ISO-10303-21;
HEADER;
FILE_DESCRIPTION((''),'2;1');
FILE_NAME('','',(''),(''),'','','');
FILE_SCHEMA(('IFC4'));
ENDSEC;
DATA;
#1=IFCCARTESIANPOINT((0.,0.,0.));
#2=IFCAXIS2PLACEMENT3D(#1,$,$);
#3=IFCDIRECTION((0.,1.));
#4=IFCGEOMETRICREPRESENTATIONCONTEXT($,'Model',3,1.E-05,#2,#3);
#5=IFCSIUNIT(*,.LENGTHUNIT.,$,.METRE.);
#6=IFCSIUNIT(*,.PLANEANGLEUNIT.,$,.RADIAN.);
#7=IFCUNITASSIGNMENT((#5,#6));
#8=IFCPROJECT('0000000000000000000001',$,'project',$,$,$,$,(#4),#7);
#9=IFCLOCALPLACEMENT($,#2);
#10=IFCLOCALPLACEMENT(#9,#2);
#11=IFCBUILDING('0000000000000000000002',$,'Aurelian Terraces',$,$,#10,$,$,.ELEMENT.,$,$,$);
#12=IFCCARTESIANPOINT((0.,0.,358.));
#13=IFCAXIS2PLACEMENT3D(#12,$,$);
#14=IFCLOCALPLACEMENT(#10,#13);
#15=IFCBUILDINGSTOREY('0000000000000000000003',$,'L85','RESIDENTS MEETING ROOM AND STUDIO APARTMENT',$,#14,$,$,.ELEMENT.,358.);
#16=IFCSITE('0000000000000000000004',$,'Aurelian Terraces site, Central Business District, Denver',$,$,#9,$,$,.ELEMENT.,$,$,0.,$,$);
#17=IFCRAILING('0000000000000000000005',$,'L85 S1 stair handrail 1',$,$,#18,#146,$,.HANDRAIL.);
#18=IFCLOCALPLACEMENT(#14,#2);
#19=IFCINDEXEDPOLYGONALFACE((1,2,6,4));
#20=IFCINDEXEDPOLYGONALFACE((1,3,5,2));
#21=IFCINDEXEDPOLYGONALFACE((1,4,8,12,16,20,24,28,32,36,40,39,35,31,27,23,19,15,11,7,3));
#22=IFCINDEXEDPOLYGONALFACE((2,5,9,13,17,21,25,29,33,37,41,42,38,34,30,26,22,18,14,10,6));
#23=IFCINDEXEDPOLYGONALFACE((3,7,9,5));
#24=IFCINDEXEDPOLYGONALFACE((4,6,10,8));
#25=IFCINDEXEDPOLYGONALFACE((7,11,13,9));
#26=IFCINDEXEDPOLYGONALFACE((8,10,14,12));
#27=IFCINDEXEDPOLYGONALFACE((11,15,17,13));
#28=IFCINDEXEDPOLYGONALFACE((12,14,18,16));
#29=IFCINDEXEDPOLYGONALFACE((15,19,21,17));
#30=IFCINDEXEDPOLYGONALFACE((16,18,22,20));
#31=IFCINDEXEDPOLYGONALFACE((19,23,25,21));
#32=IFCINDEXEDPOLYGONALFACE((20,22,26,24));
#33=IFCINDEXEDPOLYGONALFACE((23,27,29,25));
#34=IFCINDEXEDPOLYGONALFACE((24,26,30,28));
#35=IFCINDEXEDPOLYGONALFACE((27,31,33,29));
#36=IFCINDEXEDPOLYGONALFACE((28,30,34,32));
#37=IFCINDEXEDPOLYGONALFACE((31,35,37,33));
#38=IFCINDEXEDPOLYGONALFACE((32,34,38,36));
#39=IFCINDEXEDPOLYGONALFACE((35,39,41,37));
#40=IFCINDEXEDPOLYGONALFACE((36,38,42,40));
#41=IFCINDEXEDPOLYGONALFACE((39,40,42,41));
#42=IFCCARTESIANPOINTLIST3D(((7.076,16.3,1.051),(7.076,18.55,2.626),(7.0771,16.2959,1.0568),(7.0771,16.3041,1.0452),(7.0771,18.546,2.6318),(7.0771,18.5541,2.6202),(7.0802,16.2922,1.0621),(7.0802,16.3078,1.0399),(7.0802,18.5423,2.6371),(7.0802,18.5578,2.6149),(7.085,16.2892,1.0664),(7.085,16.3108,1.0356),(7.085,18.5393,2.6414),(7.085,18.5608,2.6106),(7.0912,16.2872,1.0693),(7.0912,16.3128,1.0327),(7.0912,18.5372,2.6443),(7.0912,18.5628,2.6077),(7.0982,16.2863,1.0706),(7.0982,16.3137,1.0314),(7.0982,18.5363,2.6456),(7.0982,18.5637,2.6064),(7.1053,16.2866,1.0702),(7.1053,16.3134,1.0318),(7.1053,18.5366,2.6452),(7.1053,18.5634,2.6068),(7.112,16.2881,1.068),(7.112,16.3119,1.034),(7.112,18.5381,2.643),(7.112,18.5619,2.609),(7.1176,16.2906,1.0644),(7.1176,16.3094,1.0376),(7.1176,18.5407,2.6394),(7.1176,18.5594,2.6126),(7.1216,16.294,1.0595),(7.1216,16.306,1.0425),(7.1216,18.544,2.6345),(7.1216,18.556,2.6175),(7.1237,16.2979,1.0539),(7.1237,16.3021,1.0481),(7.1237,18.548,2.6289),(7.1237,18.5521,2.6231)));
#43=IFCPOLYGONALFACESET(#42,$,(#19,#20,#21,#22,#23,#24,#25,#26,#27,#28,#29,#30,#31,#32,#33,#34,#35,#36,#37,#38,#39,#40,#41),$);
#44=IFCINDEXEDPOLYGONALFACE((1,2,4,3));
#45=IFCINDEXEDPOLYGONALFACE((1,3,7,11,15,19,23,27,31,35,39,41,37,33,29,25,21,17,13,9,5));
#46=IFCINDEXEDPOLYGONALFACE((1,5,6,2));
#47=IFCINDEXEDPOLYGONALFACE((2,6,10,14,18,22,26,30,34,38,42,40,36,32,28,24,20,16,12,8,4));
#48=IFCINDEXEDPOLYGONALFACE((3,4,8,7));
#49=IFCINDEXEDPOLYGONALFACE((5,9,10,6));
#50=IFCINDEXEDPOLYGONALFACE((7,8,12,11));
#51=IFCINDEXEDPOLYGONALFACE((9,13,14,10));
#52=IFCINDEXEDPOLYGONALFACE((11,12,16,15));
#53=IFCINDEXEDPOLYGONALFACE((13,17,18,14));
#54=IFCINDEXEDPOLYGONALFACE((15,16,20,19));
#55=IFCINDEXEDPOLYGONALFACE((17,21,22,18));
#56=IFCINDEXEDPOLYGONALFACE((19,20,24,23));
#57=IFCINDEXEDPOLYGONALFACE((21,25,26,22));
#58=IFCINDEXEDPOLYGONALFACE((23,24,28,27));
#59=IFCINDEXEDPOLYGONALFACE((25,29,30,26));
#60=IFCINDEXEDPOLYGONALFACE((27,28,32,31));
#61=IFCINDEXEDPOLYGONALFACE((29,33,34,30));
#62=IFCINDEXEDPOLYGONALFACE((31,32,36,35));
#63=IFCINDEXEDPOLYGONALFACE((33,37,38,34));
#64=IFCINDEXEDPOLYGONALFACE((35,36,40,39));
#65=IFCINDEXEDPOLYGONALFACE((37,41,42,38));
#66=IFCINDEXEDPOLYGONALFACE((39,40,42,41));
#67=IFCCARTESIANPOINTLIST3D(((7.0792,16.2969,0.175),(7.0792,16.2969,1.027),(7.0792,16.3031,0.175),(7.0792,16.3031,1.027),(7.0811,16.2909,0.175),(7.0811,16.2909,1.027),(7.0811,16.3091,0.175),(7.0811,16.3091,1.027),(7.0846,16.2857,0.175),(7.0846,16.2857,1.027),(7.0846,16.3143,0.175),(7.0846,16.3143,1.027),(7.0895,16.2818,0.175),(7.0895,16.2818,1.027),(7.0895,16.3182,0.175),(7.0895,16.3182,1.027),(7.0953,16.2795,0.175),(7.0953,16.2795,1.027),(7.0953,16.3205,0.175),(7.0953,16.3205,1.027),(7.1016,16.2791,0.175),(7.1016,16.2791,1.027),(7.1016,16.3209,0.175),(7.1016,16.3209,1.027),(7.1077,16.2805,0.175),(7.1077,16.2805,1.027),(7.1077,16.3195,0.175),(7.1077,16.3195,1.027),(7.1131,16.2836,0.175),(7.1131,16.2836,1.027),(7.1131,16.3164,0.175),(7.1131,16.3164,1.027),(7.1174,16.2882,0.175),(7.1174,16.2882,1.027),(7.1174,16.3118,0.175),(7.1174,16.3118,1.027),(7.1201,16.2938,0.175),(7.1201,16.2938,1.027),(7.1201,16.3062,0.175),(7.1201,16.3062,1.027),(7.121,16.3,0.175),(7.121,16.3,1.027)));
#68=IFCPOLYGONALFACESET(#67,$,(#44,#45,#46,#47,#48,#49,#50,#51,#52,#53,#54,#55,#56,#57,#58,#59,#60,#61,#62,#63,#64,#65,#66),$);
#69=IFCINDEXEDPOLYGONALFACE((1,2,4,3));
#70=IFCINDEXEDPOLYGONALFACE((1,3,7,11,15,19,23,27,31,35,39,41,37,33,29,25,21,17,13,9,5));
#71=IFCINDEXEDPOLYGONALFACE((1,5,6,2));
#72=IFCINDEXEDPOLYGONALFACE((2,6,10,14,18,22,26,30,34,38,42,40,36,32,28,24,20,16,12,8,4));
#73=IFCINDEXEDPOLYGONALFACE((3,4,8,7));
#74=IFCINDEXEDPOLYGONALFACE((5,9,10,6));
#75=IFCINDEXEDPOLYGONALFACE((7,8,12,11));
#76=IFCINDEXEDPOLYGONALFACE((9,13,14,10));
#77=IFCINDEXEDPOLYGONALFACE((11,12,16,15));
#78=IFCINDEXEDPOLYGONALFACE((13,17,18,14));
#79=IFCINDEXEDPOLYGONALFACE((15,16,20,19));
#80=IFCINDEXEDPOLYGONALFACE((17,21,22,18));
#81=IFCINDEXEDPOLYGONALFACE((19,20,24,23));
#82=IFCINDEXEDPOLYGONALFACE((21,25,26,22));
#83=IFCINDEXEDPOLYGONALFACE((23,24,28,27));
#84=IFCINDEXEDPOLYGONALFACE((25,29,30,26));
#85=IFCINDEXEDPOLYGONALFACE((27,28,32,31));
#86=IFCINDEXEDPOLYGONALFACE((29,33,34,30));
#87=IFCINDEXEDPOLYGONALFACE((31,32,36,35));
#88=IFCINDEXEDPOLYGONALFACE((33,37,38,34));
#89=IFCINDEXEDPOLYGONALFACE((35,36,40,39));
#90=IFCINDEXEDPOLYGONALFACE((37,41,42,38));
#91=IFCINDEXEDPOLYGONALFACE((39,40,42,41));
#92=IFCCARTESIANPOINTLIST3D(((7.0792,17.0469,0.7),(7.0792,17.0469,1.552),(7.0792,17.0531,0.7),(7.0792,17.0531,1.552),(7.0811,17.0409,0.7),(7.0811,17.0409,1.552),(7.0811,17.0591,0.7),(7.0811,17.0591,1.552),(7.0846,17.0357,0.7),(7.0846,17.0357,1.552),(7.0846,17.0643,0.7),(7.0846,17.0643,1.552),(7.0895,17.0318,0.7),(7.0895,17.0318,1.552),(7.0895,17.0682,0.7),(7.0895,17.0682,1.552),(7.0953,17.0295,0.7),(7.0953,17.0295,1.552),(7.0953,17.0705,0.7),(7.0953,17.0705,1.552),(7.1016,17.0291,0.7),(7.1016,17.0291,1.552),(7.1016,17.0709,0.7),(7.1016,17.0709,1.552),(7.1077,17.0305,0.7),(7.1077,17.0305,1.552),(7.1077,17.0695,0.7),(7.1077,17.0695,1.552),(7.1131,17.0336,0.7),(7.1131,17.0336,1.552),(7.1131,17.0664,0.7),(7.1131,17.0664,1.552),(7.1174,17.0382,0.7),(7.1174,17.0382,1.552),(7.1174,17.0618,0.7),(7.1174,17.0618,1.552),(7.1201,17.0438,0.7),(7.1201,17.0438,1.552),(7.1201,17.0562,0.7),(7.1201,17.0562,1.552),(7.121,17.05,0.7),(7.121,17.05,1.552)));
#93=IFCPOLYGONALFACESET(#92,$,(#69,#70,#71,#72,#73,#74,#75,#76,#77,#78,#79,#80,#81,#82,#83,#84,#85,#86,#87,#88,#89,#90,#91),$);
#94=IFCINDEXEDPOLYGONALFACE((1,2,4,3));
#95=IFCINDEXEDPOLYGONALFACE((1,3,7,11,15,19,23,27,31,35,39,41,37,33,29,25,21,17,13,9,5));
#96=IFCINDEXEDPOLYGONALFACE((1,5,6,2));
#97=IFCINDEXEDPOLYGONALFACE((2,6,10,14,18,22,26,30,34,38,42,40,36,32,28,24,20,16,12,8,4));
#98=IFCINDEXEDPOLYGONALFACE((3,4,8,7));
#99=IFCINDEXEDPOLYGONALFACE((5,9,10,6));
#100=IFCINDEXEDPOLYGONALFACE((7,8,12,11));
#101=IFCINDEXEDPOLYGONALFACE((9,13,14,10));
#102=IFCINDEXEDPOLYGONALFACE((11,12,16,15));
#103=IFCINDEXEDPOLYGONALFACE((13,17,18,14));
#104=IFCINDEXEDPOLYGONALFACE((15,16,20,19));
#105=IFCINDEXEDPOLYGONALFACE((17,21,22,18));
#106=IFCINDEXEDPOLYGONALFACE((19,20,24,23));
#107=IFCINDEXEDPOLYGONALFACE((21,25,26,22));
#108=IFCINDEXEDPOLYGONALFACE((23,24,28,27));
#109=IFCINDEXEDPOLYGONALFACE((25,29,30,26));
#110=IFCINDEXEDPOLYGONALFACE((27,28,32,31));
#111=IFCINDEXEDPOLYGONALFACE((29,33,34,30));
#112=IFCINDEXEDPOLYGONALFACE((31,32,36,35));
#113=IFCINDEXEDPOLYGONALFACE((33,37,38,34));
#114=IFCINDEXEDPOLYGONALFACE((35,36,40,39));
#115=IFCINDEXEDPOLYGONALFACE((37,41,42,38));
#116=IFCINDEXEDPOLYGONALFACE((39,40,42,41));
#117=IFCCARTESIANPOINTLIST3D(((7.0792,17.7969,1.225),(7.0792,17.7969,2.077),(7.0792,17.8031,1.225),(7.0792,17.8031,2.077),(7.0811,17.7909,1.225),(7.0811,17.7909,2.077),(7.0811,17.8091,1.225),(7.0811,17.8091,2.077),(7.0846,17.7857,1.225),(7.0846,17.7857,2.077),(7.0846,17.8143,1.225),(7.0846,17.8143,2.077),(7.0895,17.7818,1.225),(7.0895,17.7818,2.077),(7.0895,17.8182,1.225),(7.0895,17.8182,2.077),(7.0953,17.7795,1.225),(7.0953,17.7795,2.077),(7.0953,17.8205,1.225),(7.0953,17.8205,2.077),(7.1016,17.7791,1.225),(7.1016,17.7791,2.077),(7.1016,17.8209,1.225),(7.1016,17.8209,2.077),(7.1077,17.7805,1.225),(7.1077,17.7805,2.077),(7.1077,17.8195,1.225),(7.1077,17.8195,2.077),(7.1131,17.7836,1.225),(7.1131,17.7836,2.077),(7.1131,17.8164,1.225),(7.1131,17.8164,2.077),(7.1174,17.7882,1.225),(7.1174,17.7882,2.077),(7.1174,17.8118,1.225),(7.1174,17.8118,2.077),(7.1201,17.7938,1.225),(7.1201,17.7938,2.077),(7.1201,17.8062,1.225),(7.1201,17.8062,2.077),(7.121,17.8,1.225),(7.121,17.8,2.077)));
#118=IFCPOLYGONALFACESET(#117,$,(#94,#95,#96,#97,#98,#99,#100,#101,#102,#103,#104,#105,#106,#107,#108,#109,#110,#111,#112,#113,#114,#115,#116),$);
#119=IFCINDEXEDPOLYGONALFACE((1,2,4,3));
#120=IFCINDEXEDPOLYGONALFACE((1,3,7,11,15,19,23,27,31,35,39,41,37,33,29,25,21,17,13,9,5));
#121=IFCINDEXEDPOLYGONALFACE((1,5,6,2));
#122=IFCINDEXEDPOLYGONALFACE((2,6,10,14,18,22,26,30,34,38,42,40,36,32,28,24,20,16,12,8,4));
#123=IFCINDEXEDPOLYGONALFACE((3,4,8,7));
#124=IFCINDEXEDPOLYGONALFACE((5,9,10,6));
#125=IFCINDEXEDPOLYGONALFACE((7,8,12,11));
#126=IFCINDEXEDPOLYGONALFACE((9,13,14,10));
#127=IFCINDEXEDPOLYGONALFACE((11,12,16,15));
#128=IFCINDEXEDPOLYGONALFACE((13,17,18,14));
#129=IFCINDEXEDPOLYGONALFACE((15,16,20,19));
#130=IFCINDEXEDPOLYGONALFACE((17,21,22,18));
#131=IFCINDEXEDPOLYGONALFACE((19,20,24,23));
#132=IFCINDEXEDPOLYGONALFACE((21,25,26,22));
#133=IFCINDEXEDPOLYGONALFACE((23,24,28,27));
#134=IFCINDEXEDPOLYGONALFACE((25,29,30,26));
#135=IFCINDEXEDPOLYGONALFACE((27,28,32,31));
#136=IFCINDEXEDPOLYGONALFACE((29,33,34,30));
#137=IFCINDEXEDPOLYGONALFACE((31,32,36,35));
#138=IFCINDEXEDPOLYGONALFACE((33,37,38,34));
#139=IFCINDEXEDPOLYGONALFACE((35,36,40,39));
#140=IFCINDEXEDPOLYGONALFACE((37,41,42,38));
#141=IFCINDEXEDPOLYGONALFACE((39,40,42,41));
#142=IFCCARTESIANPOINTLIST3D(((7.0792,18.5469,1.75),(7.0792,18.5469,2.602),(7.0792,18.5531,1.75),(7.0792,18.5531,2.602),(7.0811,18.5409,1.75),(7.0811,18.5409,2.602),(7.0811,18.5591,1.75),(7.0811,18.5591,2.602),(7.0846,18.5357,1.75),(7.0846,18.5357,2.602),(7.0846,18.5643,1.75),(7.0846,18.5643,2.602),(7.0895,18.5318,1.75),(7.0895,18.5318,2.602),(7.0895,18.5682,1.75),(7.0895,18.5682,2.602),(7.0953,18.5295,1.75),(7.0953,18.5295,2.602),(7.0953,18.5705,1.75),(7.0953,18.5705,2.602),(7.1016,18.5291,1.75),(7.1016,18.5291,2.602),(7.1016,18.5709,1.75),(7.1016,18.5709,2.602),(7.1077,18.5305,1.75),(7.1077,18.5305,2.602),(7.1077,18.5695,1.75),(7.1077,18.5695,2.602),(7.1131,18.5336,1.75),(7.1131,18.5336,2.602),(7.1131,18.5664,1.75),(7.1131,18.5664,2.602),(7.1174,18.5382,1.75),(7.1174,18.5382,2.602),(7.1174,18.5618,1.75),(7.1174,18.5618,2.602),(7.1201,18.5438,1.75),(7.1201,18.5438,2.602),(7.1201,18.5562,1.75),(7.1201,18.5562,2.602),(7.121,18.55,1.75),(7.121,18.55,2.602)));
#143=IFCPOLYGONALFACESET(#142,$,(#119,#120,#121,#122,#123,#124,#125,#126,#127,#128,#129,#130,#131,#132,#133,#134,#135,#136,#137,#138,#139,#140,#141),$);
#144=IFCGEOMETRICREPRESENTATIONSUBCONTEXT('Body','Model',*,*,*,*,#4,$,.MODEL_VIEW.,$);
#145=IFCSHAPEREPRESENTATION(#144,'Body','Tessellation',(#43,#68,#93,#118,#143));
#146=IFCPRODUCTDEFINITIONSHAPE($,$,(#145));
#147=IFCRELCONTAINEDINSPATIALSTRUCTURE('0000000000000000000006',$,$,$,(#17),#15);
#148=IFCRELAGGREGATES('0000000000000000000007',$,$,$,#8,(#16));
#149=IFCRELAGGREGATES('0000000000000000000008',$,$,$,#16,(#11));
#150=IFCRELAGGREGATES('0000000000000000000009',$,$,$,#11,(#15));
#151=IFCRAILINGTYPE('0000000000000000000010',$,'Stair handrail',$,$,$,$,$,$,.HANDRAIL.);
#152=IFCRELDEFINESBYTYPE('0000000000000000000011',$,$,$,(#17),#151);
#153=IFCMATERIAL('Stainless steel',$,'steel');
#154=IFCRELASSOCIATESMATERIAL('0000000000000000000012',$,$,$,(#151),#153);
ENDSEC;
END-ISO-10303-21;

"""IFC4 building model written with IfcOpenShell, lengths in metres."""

from ifc_helpers import new_model, si_unit, direction, frame, origin, origin_2d, place, context, subcontext, project, spatial, circle, extrude, source, transform, mapped, material, type_object, element, save


model = new_model("IFC4")

# Units and contexts
model_context = context("Model", 3, precision=1e-05, world=origin(), true_north=direction((0.0, 1.0)))
body_context = subcontext(model_context, "Body", "Model", "MODEL_VIEW")
ifc_project = project(units=[si_unit("LENGTHUNIT", "METRE"), si_unit("PLANEANGLEUNIT", "RADIAN")], contexts=[model_context])

# Site, building, storey
site_placement = place(None, origin())
site = spatial("IfcSite", under=ifc_project, at=site_placement, Name="Aurelian Terraces site, Central Business District, Denver", CompositionType="ELEMENT", RefElevation=0.0)
building_placement = place(site_placement, origin())
building = spatial("IfcBuilding", under=site, at=building_placement, Name="Aurelian Terraces", CompositionType="ELEMENT")
storey_placement = place(building_placement, frame((0.0, 0.0, 358.0)))
storey = spatial("IfcBuildingStorey", under=building, at=storey_placement, Name="L85", Description="RESIDENTS MEETING ROOM AND STUDIO APARTMENT", CompositionType="ELEMENT", Elevation=358.0)

# Railing
ifc_material_1 = material(Name="Stainless steel", Category="steel")
railing_type_1 = type_object("IfcRailingType", Name="Stair handrail", PredefinedType="HANDRAIL", material=ifc_material_1)
shared_shape_1 = source(origin(), body_context, "Body", "SweptSolid", [
    extrude(circle(Radius=0.024, at=origin_2d()), frame((0.0, 0.0, 0.876), z_axis=(0.0, 0.819232, 0.573462), x_axis=(-1.0, 0.0, 0.0)), (0.0, 0.0, 1.0), 2.7465),
    extrude(circle(Radius=0.021, at=origin_2d()), origin(), (0.0, 0.0, 1.0), 0.852),
    extrude(circle(Radius=0.021, at=origin_2d()), frame((0.0, 0.75, 0.525)), (0.0, 0.0, 1.0), 0.852),
    extrude(circle(Radius=0.021, at=origin_2d()), frame((0.0, 1.5, 1.05)), (0.0, 0.0, 1.0), 0.852),
    extrude(circle(Radius=0.021, at=origin_2d()), frame((0.0, 2.25, 1.575)), (0.0, 0.0, 1.0), 0.852),
])
railing_1_placement = place(storey_placement, frame((7.1, 16.3, 0.175)))
element("IfcRailing", 1, at=railing_1_placement, inside=storey, type_object=railing_type_1, Name="L85 S1 stair handrail 1", PredefinedType="HANDRAIL", context=body_context, shape_type="MappedRepresentation", body=[
    mapped(shared_shape_1, transform((0.0, 0.0, 0.0), scale=1.0)),
])

save(model, "model.ifc")
